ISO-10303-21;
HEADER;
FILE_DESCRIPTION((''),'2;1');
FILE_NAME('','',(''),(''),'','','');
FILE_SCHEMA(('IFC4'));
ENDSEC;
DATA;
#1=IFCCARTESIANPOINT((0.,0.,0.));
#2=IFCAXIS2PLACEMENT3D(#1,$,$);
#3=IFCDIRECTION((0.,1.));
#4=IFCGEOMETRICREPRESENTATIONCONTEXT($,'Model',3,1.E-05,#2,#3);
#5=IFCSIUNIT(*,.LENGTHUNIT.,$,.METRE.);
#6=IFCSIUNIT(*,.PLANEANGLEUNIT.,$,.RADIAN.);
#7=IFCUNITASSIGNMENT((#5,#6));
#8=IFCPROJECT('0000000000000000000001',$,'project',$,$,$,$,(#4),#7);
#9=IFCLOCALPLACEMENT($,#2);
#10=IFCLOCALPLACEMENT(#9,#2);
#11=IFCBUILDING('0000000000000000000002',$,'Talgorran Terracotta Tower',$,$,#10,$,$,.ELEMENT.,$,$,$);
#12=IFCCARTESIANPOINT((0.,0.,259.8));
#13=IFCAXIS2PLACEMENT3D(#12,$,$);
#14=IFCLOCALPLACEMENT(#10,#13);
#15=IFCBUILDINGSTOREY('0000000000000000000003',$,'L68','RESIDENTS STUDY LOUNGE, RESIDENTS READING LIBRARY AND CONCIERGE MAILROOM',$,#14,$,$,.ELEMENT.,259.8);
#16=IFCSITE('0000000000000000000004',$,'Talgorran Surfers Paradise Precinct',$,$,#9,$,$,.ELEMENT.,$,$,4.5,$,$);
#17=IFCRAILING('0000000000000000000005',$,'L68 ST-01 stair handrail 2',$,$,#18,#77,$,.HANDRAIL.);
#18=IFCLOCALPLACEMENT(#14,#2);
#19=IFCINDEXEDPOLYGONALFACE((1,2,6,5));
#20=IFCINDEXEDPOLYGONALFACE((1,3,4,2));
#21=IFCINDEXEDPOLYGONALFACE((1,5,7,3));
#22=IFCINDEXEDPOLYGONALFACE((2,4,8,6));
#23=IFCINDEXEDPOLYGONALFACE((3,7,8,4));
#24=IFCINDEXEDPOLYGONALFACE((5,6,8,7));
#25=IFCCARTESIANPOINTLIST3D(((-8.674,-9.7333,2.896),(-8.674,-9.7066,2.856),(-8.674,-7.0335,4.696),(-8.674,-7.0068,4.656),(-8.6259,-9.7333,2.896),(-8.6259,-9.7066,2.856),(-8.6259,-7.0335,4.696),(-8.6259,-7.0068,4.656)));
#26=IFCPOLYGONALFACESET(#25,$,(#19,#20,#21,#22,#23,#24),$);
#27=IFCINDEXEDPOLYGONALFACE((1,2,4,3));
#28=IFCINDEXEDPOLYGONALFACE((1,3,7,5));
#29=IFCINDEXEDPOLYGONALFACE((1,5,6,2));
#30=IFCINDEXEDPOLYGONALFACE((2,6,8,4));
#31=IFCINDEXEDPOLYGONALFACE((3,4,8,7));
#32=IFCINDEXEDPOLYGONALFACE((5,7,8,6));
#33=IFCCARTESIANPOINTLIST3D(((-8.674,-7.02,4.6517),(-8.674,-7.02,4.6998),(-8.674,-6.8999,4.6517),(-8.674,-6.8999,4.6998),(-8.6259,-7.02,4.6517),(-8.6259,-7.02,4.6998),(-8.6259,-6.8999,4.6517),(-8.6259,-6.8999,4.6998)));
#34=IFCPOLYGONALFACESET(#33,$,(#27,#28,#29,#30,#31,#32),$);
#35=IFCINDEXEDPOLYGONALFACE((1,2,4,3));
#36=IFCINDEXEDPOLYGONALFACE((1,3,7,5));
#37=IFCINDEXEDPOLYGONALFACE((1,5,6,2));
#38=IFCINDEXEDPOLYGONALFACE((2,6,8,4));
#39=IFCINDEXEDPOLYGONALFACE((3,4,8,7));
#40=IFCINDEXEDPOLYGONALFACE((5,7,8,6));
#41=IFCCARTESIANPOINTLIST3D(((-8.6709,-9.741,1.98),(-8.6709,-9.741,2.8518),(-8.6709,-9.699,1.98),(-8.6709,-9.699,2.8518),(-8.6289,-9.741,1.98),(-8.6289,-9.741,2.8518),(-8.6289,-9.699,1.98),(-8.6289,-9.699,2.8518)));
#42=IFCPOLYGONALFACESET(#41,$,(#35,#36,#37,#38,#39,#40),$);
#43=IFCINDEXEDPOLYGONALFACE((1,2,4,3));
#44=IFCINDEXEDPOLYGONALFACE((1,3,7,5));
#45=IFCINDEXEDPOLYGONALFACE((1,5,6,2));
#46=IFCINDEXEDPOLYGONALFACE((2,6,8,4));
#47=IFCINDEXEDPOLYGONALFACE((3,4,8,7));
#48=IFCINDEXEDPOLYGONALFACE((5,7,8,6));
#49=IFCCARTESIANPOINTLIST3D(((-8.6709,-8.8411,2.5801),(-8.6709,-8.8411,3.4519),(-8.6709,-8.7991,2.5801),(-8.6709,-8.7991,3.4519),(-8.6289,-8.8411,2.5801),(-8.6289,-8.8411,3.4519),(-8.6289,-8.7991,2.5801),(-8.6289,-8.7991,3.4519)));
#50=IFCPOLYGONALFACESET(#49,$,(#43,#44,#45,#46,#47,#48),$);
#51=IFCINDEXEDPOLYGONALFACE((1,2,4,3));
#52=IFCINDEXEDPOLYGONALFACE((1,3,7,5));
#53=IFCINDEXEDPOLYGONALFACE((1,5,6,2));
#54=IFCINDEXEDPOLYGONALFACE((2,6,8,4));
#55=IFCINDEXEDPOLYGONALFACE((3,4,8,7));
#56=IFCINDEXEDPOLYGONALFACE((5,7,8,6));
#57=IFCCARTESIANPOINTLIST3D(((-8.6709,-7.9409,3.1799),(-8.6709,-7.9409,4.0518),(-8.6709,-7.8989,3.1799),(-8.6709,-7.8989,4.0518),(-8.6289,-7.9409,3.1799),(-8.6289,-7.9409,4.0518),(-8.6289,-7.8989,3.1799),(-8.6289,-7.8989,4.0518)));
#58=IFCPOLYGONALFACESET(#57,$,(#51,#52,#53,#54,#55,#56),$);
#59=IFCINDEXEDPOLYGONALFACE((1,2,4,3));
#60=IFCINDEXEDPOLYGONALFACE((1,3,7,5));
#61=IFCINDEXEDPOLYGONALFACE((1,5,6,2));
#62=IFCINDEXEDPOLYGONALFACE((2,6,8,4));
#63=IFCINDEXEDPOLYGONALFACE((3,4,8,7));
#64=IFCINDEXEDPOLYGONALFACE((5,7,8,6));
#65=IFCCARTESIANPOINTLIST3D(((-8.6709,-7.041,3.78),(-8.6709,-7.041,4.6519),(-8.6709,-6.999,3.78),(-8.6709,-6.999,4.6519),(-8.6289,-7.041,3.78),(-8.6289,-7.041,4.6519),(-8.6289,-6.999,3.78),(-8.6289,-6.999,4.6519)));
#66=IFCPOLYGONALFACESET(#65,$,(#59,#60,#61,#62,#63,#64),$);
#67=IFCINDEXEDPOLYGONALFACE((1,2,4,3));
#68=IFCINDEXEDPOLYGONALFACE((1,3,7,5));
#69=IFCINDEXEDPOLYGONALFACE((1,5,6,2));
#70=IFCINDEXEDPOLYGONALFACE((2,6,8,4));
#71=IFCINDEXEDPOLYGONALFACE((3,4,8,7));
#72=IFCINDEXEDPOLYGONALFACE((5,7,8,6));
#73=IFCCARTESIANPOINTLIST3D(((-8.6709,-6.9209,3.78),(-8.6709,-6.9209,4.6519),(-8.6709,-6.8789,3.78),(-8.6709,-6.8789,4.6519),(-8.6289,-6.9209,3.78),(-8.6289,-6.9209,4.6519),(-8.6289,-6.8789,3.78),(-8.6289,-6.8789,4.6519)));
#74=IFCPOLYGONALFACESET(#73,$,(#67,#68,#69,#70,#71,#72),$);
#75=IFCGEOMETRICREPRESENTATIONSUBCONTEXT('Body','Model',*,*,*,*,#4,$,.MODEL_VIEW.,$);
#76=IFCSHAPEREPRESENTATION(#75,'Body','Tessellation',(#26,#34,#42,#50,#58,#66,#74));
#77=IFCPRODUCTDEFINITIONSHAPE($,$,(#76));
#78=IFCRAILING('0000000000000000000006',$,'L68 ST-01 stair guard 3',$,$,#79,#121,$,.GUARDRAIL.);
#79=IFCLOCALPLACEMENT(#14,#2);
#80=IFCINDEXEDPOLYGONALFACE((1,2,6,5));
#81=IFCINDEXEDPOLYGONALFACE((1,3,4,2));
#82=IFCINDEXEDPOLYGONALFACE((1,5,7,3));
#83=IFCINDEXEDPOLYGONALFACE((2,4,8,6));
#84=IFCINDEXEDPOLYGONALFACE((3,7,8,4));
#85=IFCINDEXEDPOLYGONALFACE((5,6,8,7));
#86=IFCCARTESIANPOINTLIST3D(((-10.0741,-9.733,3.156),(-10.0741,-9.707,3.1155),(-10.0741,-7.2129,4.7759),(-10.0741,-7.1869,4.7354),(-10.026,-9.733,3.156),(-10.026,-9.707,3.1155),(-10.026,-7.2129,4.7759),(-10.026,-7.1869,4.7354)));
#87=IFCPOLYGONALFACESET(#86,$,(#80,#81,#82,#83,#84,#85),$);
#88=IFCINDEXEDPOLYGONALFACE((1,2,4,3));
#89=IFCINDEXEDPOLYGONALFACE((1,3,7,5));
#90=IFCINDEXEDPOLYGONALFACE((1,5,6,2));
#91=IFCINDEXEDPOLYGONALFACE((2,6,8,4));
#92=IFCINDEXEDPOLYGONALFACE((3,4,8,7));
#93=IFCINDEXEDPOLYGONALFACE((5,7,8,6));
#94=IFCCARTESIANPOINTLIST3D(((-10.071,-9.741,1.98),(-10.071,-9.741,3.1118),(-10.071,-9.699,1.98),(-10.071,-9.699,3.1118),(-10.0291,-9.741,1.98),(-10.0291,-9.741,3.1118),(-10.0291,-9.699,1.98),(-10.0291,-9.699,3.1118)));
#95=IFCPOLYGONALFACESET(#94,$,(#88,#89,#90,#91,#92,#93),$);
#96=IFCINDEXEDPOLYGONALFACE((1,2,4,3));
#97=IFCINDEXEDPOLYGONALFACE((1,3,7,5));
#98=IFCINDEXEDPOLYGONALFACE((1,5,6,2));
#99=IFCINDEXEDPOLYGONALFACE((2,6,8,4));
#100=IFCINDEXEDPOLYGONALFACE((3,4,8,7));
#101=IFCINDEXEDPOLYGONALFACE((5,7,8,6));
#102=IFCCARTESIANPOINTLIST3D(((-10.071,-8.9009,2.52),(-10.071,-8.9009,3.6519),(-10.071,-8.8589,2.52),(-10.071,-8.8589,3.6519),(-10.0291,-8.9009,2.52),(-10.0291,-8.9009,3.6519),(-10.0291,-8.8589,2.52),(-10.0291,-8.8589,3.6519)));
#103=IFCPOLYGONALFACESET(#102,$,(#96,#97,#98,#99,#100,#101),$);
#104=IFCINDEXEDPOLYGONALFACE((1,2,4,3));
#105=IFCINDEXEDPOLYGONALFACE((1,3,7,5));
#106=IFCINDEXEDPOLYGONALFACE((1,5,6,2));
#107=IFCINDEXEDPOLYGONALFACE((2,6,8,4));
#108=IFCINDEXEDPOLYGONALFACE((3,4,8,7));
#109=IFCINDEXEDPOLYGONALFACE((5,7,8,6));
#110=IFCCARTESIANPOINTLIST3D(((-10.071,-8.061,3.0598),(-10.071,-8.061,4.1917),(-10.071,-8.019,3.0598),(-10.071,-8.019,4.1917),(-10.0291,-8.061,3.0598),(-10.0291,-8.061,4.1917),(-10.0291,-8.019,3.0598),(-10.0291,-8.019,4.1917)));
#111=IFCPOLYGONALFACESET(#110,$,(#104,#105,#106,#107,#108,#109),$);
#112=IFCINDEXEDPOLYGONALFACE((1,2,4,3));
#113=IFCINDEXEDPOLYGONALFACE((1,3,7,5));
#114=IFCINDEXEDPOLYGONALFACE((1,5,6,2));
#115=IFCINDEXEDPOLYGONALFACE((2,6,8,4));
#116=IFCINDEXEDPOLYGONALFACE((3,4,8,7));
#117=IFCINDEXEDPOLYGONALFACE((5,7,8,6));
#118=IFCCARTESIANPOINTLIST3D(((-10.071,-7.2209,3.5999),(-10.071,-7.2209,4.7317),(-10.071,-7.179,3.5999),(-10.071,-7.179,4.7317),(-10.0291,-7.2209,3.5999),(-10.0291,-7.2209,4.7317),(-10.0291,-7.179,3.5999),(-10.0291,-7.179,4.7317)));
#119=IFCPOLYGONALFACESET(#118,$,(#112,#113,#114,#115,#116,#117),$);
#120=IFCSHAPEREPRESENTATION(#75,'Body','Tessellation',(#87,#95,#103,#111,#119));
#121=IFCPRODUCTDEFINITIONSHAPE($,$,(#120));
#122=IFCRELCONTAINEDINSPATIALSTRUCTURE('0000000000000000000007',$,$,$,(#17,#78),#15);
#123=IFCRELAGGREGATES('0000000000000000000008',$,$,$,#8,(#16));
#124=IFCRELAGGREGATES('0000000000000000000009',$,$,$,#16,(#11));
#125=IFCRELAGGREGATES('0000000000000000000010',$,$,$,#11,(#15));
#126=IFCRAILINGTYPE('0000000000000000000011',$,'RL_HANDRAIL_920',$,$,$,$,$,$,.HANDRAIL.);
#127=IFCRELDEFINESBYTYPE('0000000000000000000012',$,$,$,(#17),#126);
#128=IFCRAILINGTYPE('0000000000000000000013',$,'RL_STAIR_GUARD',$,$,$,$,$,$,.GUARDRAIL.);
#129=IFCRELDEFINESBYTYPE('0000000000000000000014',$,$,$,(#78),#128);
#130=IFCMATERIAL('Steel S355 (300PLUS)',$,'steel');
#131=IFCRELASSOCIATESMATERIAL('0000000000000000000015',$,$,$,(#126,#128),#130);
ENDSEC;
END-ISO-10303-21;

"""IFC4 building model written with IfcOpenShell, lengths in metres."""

from ifc_helpers import new_model, si_unit, direction, frame, origin, origin_2d, place, context, subcontext, project, spatial, rectangle, extrude, material, type_object, element, save


model = new_model("IFC4")

# Units and contexts
model_context = context("Model", 3, precision=1e-05, world=origin(), true_north=direction((0.0, 1.0)))
body_context = subcontext(model_context, "Body", "Model", "MODEL_VIEW")
ifc_project = project(units=[si_unit("LENGTHUNIT", "METRE"), si_unit("PLANEANGLEUNIT", "RADIAN")], contexts=[model_context])

# Site, building, storey
site_placement = place(None, origin())
site = spatial("IfcSite", under=ifc_project, at=site_placement, Name="Talgorran Surfers Paradise Precinct", CompositionType="ELEMENT", RefElevation=4.5)
building_placement = place(site_placement, origin())
building = spatial("IfcBuilding", under=site, at=building_placement, Name="Talgorran Terracotta Tower", CompositionType="ELEMENT")
storey_placement = place(building_placement, frame((0.0, 0.0, 259.8)))
storey = spatial("IfcBuildingStorey", under=building, at=storey_placement, Name="L68", Description="RESIDENTS STUDY LOUNGE, RESIDENTS READING LIBRARY AND CONCIERGE MAILROOM", CompositionType="ELEMENT", Elevation=259.8)

# Railings
ifc_material_1 = material(Name="Steel S355 (300PLUS)", Category="steel")
railing_type_1 = type_object("IfcRailingType", Name="RL_HANDRAIL_920", PredefinedType="HANDRAIL", material=ifc_material_1)
railing_1_placement = place(storey_placement, frame((-8.6499, -9.72, 1.98)))
element("IfcRailing", 1, at=railing_1_placement, inside=storey, type_object=railing_type_1, Name="L68 ST-01 stair handrail 2", PredefinedType="HANDRAIL", context=body_context, shape_type="SweptSolid", body=[
    extrude(rectangle(XDim=0.0481, YDim=0.0481, at=origin_2d()), frame((0.0, 0.0, 0.896), z_axis=(0.0, 0.832039, 0.554718), x_axis=(-1.0, 0.0, 0.0)), (0.0, 0.0, 1.0), 3.2449),
    extrude(rectangle(XDim=0.0481, YDim=0.0481, at=origin_2d()), frame((0.0, 2.7, 2.6958), z_axis=(0.0, 1.0, 0.0), x_axis=(-1.0, 0.0, 0.0)), (0.0, 0.0, 1.0), 0.1201),
    extrude(rectangle(XDim=0.042, YDim=0.042, at=origin_2d()), origin(), (0.0, 0.0, 1.0), 0.8718),
    extrude(rectangle(XDim=0.042, YDim=0.042, at=origin_2d()), frame((0.0, 0.8999, 0.6001)), (0.0, 0.0, 1.0), 0.8718),
    extrude(rectangle(XDim=0.042, YDim=0.042, at=origin_2d()), frame((0.0, 1.8, 1.2)), (0.0, 0.0, 1.0), 0.8718),
    extrude(rectangle(XDim=0.042, YDim=0.042, at=origin_2d()), frame((0.0, 2.7, 1.8)), (0.0, 0.0, 1.0), 0.8718),
    extrude(rectangle(XDim=0.042, YDim=0.042, at=origin_2d()), frame((0.0, 2.8201, 1.8)), (0.0, 0.0, 1.0), 0.8718),
])
railing_type_2 = type_object("IfcRailingType", Name="RL_STAIR_GUARD", PredefinedType="GUARDRAIL", material=ifc_material_1)
railing_2_placement = place(storey_placement, frame((-10.05, -9.72, 1.98)))
element("IfcRailing", 2, at=railing_2_placement, inside=storey, type_object=railing_type_2, Name="L68 ST-01 stair guard 3", PredefinedType="GUARDRAIL", context=body_context, shape_type="SweptSolid", body=[
    extrude(rectangle(XDim=0.0481, YDim=0.0481, at=origin_2d()), frame((0.0, 0.0, 1.1558), z_axis=(0.0, 0.8412, 0.540725), x_axis=(-1.0, 0.0, 0.0)), (0.0, 0.0, 1.0), 2.9958),
    extrude(rectangle(XDim=0.042, YDim=0.042, at=origin_2d()), origin(), (0.0, 0.0, 1.0), 1.1318),
    extrude(rectangle(XDim=0.042, YDim=0.042, at=origin_2d()), frame((0.0, 0.8401, 0.54)), (0.0, 0.0, 1.0), 1.1318),
    extrude(rectangle(XDim=0.042, YDim=0.042, at=origin_2d()), frame((0.0, 1.6799, 1.0798)), (0.0, 0.0, 1.0), 1.1318),
    extrude(rectangle(XDim=0.042, YDim=0.042, at=origin_2d()), frame((0.0, 2.52, 1.6199)), (0.0, 0.0, 1.0), 1.1318),
])

save(model, "model.ifc")
